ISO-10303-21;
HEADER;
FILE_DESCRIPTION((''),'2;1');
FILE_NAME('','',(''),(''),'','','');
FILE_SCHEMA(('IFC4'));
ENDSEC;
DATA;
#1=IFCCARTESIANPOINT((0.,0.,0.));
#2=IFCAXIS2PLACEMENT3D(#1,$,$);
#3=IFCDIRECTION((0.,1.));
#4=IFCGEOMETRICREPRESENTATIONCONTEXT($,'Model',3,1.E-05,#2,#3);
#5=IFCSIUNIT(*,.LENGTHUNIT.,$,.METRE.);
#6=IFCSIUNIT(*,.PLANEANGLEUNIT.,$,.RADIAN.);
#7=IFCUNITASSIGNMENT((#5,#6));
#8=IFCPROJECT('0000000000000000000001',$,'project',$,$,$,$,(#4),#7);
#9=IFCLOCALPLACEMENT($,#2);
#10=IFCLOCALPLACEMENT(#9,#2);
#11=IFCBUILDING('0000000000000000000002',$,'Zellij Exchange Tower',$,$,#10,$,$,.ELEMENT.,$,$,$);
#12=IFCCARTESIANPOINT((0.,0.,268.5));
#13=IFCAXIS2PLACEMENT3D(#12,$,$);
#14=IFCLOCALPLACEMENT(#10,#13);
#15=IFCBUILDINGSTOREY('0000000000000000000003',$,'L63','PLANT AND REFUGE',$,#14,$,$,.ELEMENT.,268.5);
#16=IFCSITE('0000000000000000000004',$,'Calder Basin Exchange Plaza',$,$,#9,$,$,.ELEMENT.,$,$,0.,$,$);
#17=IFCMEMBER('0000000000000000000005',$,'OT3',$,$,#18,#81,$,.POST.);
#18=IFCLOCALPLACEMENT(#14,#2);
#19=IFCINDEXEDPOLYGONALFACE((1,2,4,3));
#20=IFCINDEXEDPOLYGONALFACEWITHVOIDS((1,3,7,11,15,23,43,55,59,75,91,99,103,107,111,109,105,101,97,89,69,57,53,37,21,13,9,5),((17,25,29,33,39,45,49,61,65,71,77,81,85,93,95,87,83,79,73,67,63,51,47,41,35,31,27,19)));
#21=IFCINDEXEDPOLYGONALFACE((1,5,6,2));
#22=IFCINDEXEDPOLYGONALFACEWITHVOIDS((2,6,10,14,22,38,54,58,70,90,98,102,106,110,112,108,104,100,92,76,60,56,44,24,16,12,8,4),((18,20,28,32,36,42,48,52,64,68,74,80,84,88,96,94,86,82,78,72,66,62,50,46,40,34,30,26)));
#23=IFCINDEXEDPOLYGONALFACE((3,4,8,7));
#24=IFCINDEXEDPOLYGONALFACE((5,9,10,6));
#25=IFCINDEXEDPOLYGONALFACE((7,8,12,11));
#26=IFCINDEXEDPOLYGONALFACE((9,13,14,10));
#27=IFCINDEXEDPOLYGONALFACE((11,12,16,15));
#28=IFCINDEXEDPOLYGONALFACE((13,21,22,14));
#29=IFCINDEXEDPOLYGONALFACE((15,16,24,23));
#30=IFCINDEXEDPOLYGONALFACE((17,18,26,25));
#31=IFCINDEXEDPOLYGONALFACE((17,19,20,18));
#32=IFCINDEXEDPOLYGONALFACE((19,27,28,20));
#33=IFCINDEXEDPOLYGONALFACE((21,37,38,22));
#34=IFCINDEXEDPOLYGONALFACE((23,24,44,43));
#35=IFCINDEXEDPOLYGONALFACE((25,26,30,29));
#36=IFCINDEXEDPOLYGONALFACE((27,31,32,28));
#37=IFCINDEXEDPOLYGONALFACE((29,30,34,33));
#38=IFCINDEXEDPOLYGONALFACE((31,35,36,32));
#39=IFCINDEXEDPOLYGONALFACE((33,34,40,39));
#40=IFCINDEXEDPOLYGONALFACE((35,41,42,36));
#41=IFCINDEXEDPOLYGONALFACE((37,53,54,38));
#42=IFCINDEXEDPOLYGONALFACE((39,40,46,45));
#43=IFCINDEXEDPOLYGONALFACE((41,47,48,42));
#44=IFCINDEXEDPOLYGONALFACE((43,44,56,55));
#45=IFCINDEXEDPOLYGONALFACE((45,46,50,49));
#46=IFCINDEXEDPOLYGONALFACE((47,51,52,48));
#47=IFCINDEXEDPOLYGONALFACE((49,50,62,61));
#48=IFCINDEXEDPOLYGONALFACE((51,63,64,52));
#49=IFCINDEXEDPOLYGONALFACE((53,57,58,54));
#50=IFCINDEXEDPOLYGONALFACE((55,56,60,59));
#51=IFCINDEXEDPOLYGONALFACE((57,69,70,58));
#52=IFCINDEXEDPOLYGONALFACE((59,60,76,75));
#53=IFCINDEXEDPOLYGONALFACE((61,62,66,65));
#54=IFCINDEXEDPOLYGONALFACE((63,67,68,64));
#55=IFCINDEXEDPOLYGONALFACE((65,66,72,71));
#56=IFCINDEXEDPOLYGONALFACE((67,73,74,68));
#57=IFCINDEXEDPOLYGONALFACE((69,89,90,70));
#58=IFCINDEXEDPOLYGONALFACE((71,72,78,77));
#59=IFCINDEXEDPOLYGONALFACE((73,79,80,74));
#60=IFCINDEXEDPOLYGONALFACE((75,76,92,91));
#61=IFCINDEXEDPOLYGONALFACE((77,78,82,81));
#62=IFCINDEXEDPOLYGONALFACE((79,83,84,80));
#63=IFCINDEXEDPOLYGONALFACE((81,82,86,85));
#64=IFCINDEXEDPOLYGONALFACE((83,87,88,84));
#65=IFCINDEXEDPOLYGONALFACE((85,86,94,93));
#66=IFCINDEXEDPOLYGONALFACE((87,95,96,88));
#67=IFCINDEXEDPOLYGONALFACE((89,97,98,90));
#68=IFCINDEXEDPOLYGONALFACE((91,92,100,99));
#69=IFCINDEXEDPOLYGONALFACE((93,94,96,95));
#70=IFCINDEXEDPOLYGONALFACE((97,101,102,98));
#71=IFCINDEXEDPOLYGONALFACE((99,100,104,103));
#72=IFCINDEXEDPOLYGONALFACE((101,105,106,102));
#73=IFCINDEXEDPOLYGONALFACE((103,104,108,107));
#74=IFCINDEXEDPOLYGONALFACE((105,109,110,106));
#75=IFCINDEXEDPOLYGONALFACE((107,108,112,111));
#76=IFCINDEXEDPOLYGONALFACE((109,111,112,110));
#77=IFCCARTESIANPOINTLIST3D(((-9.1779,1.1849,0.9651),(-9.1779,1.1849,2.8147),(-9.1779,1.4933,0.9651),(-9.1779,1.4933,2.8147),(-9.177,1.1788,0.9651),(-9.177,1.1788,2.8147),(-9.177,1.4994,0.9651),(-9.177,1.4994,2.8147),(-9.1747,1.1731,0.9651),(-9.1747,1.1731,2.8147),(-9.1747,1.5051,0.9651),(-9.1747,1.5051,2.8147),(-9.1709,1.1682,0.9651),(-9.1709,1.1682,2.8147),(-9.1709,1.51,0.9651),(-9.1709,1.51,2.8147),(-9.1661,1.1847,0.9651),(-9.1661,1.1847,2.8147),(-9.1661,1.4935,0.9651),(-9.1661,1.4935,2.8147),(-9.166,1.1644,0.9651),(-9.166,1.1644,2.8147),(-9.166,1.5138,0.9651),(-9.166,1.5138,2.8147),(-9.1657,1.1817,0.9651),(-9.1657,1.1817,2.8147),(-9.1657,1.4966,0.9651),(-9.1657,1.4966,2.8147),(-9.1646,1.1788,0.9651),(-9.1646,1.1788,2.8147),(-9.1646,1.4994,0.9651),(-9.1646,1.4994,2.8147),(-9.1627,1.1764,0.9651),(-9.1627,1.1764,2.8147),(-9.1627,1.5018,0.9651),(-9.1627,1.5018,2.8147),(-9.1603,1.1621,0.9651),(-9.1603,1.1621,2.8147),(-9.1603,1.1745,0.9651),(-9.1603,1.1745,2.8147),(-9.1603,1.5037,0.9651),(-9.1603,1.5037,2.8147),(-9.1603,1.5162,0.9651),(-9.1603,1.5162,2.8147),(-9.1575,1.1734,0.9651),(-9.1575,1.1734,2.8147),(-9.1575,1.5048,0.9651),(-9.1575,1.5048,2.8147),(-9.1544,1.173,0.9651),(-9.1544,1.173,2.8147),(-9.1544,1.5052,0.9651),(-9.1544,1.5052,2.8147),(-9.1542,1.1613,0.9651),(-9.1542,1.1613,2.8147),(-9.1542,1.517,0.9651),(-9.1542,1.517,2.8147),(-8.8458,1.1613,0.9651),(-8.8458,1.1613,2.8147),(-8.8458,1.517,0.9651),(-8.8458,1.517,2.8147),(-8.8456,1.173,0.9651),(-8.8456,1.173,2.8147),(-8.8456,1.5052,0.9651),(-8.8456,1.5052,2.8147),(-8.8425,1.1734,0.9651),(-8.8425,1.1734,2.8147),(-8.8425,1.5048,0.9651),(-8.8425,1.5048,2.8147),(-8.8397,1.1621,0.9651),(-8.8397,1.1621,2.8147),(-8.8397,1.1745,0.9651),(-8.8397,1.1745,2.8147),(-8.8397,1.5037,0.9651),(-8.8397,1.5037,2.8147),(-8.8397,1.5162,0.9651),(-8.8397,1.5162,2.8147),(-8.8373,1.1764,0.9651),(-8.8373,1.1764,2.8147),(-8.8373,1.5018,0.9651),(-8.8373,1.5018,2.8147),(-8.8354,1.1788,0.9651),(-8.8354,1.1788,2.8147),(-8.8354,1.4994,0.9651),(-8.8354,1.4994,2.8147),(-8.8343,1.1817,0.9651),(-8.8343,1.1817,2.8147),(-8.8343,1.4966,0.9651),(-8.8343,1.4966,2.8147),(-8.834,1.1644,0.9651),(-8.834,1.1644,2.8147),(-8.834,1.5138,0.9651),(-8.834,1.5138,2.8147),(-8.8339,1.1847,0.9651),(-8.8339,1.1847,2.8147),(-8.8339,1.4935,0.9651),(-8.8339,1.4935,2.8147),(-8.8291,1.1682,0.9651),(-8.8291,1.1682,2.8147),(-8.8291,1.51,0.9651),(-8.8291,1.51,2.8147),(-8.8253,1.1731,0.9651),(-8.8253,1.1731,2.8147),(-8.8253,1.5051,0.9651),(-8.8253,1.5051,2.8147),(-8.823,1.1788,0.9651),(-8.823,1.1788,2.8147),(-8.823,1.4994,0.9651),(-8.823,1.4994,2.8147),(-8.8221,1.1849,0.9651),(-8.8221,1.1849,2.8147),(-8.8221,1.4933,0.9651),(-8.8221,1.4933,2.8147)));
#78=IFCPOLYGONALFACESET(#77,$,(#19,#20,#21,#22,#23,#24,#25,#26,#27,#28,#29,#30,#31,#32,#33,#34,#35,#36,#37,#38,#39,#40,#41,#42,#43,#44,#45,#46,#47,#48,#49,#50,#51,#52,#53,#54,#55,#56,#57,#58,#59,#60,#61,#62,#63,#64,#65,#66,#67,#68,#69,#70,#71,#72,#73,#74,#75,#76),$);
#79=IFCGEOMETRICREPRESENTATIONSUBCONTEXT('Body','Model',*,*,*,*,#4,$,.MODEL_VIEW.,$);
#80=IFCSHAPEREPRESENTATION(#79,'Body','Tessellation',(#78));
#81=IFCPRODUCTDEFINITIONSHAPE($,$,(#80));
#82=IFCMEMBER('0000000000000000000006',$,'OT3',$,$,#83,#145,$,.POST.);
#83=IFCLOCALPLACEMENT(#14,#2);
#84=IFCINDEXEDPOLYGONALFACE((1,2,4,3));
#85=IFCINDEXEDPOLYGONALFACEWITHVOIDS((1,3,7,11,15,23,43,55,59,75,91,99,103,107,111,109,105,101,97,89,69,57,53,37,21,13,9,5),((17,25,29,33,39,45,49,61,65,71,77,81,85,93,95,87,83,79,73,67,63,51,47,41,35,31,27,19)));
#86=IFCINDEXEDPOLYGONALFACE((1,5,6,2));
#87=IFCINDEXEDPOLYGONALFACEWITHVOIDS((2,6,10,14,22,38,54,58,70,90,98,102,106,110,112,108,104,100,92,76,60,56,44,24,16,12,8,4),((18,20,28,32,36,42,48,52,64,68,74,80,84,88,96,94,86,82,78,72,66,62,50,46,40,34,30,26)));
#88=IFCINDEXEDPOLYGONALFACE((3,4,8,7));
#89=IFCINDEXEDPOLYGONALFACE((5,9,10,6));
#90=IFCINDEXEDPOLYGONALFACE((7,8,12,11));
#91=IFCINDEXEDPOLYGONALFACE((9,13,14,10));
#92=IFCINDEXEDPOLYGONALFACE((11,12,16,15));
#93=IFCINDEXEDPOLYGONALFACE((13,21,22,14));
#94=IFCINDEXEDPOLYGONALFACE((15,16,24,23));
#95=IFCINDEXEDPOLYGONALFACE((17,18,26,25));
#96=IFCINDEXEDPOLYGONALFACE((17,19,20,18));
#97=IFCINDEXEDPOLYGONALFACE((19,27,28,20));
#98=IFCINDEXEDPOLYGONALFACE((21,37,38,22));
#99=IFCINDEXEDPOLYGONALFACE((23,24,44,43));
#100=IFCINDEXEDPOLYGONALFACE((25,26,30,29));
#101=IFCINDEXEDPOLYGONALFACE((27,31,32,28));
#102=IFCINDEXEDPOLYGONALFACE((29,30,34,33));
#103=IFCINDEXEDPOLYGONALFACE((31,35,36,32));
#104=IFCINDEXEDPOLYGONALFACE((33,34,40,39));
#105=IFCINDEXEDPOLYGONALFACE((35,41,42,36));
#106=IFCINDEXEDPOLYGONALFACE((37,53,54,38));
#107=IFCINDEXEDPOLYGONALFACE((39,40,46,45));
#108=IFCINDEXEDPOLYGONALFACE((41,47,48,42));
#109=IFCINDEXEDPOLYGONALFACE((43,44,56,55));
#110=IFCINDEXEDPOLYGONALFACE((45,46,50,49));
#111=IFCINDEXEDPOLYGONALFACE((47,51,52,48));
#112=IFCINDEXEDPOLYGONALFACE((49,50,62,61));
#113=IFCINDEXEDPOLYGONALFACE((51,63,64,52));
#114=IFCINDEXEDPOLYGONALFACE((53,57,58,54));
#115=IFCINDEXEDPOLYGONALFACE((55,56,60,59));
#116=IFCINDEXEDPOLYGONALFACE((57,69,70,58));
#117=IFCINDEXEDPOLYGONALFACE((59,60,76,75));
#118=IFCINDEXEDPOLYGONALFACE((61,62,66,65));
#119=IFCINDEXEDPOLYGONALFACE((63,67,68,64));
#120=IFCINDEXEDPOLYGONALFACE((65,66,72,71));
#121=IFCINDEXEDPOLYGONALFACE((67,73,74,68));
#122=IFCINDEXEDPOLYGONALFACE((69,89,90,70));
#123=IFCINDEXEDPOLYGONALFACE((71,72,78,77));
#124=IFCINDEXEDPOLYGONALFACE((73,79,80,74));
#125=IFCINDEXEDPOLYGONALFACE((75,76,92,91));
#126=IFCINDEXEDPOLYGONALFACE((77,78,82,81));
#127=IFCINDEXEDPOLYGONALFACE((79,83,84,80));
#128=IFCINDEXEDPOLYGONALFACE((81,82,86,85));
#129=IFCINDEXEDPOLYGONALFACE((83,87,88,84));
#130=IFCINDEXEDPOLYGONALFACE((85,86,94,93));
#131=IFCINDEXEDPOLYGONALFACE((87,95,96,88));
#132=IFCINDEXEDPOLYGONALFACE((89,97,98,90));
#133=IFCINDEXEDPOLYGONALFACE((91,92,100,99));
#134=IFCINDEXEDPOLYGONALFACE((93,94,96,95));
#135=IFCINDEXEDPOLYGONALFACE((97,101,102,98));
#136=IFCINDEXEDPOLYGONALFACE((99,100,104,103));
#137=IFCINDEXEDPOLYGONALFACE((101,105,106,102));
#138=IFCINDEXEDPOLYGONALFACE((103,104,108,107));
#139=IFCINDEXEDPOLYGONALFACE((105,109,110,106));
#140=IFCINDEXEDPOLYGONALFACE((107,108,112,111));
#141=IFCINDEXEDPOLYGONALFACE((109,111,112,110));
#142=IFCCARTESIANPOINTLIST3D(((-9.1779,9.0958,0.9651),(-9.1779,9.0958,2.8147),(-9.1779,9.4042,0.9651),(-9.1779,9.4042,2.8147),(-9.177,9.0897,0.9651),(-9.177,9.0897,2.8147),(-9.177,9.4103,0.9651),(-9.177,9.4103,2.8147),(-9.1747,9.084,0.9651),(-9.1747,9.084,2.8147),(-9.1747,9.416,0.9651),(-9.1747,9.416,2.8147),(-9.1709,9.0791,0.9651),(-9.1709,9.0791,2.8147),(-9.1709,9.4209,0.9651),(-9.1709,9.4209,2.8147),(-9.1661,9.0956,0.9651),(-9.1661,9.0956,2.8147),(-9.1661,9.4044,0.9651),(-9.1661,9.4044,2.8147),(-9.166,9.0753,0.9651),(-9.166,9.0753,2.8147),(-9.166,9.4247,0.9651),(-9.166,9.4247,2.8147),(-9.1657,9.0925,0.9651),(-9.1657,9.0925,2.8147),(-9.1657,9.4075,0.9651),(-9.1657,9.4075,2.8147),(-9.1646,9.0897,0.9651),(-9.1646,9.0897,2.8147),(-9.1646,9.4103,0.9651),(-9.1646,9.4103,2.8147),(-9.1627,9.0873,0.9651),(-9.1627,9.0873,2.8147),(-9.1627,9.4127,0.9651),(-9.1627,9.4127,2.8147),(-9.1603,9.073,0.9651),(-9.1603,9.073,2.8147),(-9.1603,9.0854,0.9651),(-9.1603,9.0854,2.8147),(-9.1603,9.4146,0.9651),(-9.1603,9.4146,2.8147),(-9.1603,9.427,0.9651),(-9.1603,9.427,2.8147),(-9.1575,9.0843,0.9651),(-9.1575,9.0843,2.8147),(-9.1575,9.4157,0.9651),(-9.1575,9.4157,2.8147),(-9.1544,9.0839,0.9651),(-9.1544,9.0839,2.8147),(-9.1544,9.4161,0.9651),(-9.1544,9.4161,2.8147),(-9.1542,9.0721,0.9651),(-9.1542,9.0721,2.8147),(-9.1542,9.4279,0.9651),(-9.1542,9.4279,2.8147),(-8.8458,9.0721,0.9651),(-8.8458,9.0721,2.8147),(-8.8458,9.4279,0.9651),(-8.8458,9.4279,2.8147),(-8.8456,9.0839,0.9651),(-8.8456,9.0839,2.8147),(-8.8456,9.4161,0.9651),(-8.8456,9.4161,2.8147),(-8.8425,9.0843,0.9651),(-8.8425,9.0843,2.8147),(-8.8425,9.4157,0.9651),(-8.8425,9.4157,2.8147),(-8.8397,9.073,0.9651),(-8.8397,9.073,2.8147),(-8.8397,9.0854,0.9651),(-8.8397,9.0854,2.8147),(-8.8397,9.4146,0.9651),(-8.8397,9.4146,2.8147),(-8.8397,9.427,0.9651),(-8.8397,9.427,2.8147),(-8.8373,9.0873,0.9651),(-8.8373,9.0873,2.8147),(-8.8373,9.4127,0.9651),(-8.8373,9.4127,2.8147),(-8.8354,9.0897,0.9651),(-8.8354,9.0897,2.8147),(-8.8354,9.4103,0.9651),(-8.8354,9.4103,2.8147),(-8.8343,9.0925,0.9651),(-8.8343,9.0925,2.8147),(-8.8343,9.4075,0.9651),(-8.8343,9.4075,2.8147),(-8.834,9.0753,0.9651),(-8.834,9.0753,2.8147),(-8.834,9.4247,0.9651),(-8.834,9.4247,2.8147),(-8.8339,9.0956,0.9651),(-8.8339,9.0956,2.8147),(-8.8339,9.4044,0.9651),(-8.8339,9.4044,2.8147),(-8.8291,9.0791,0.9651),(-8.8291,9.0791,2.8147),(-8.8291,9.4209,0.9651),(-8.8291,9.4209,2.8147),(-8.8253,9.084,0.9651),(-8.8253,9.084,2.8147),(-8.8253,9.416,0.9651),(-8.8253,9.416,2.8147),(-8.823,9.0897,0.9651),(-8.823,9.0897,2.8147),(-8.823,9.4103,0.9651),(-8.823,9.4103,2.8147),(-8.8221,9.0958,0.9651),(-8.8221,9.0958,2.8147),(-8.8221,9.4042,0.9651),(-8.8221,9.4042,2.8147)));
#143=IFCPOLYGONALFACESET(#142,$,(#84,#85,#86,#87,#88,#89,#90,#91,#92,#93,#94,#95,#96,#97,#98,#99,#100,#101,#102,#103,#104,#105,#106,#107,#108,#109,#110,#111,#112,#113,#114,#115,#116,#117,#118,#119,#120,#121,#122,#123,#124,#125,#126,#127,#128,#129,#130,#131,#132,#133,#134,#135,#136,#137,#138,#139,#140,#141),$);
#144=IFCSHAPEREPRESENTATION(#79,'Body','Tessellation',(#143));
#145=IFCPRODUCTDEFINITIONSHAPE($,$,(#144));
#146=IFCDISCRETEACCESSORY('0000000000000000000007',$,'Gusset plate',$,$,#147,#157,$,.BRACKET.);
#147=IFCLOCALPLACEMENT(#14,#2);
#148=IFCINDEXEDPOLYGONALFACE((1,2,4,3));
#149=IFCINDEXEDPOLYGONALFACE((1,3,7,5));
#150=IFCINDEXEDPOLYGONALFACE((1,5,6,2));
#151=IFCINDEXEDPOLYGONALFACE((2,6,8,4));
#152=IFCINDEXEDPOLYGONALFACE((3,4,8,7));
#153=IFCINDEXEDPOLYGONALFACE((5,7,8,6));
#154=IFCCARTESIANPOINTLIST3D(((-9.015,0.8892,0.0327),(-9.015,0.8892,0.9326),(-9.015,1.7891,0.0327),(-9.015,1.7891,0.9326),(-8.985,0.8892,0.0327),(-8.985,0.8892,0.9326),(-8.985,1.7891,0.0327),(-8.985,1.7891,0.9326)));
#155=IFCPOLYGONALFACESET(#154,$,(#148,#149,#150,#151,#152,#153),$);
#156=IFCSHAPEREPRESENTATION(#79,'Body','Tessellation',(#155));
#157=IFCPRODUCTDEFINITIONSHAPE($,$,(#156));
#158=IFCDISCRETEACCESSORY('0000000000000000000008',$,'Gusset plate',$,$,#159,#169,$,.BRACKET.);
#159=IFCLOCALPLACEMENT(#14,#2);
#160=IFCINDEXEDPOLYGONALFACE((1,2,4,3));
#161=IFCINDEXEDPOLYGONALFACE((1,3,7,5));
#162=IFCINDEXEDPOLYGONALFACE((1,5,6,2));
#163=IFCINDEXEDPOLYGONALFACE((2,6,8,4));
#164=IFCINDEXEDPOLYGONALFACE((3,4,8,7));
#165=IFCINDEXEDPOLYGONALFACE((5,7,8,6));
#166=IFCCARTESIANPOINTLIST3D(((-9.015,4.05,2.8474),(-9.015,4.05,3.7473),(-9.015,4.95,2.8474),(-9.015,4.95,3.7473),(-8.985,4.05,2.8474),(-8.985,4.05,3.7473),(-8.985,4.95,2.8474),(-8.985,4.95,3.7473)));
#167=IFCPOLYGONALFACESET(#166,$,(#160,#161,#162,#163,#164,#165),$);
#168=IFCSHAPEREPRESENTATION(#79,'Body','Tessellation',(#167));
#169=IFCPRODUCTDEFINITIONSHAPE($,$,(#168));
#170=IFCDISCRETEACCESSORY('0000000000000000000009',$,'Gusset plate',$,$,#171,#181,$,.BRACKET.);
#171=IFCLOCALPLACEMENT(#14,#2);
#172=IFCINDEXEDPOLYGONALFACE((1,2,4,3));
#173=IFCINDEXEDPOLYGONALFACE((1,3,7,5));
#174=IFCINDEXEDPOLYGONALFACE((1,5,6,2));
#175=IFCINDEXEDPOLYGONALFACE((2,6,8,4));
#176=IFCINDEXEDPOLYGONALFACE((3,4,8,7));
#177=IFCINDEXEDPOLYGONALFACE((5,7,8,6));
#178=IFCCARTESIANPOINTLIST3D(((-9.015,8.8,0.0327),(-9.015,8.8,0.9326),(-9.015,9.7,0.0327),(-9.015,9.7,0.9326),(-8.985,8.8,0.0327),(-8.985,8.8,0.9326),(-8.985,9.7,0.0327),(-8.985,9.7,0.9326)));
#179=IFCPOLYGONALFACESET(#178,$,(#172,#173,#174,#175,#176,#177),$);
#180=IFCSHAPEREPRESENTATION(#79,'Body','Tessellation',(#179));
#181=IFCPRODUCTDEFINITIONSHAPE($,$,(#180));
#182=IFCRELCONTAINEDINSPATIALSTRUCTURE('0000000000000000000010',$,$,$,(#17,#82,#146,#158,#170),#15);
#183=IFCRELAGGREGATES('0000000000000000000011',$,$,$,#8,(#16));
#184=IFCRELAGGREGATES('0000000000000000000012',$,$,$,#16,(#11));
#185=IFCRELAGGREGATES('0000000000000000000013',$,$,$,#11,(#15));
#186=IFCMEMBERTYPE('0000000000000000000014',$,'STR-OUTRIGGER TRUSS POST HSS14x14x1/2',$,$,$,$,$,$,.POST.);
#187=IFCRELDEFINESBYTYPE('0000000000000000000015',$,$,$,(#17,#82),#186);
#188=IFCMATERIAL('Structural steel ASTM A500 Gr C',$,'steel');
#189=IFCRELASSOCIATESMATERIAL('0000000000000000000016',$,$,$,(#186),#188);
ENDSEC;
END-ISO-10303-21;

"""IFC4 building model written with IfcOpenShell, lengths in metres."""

from ifc_helpers import new_model, si_unit, direction, frame, origin, origin_2d, place, context, subcontext, project, spatial, rectangle, hollow_rectangle, extrude, material, material_profile, profile_set, type_object, element, save


model = new_model("IFC4")

# Units and contexts
model_context = context("Model", 3, precision=1e-05, world=origin(), true_north=direction((0.0, 1.0)))
body_context = subcontext(model_context, "Body", "Model", "MODEL_VIEW")
ifc_project = project(units=[si_unit("LENGTHUNIT", "METRE"), si_unit("PLANEANGLEUNIT", "RADIAN")], contexts=[model_context])

# Site, building, storey
site_placement = place(None, origin())
site = spatial("IfcSite", under=ifc_project, at=site_placement, Name="Calder Basin Exchange Plaza", CompositionType="ELEMENT", RefElevation=0.0)
building_placement = place(site_placement, origin())
building = spatial("IfcBuilding", under=site, at=building_placement, Name="Zellij Exchange Tower", CompositionType="ELEMENT")
storey_placement = place(building_placement, frame((0.0, 0.0, 268.5)))
storey = spatial("IfcBuildingStorey", under=building, at=storey_placement, Name="L63", Description="PLANT AND REFUGE", CompositionType="ELEMENT", Elevation=268.5)

# Members
ifc_material_1 = material(Name="Structural steel ASTM A500 Gr C", Category="steel")
ifc_material_profile_1 = material_profile(ifc_material_1, hollow_rectangle(XDim=0.3557, YDim=0.3557, WallThickness=0.0117, InnerFilletRadius=0.0117, OuterFilletRadius=0.0237, at=origin_2d()), Name="STR-OUTRIGGER TRUSS POST HSS14x14x1/2")
ifc_profile_set_1 = profile_set([ifc_material_profile_1], Name="Structural steel ASTM A500 Gr C")
member_type_1 = type_object("IfcMemberType", Name="STR-OUTRIGGER TRUSS POST HSS14x14x1/2", PredefinedType="POST", material=ifc_profile_set_1)
for number, where, z_axis, x_axis, name in (
    (1, (-9.0, 1.3391, 0.9651), (0.0, 0.0, 1.0), (1.0, 0.0, 0.0), "OT3"),
    (2, (-9.0, 9.25, 0.9651), (0.0, 0.0, 1.0), (1.0, 0.0, 0.0), "OT3"),
):
    element("IfcMember", number, at=place(storey_placement, frame(where, z_axis=z_axis, x_axis=x_axis)), inside=storey, type_object=member_type_1, Name=name, PredefinedType="POST", context=body_context, shape_type="SweptSolid", body=[
        extrude(hollow_rectangle(XDim=0.3557, YDim=0.3557, WallThickness=0.0117, InnerFilletRadius=0.0117, OuterFilletRadius=0.0237, at=origin_2d()), origin(), (0.0, 0.0, 1.0), 1.8496),
    ])

# Discrete accessories
for number, where, z_axis, x_axis, name in (
    (3, (-9.0, 1.3391, 0.0327), (0.0, 0.0, 1.0), (0.0, 1.0, 0.0), "Gusset plate"),
    (4, (-9.0, 4.5, 2.8474), (0.0, 0.0, 1.0), (0.0, 1.0, 0.0), "Gusset plate"),
    (5, (-9.0, 9.25, 0.0327), (0.0, 0.0, 1.0), (0.0, 1.0, 0.0), "Gusset plate"),
):
    element("IfcDiscreteAccessory", number, at=place(storey_placement, frame(where, z_axis=z_axis, x_axis=x_axis)), inside=storey, Name=name, PredefinedType="BRACKET", context=body_context, shape_type="SweptSolid", body=[
        extrude(rectangle(XDim=0.8999, YDim=0.03, at=origin_2d()), origin(), (0.0, 0.0, 1.0), 0.8999),
    ])

save(model, "model.ifc")
